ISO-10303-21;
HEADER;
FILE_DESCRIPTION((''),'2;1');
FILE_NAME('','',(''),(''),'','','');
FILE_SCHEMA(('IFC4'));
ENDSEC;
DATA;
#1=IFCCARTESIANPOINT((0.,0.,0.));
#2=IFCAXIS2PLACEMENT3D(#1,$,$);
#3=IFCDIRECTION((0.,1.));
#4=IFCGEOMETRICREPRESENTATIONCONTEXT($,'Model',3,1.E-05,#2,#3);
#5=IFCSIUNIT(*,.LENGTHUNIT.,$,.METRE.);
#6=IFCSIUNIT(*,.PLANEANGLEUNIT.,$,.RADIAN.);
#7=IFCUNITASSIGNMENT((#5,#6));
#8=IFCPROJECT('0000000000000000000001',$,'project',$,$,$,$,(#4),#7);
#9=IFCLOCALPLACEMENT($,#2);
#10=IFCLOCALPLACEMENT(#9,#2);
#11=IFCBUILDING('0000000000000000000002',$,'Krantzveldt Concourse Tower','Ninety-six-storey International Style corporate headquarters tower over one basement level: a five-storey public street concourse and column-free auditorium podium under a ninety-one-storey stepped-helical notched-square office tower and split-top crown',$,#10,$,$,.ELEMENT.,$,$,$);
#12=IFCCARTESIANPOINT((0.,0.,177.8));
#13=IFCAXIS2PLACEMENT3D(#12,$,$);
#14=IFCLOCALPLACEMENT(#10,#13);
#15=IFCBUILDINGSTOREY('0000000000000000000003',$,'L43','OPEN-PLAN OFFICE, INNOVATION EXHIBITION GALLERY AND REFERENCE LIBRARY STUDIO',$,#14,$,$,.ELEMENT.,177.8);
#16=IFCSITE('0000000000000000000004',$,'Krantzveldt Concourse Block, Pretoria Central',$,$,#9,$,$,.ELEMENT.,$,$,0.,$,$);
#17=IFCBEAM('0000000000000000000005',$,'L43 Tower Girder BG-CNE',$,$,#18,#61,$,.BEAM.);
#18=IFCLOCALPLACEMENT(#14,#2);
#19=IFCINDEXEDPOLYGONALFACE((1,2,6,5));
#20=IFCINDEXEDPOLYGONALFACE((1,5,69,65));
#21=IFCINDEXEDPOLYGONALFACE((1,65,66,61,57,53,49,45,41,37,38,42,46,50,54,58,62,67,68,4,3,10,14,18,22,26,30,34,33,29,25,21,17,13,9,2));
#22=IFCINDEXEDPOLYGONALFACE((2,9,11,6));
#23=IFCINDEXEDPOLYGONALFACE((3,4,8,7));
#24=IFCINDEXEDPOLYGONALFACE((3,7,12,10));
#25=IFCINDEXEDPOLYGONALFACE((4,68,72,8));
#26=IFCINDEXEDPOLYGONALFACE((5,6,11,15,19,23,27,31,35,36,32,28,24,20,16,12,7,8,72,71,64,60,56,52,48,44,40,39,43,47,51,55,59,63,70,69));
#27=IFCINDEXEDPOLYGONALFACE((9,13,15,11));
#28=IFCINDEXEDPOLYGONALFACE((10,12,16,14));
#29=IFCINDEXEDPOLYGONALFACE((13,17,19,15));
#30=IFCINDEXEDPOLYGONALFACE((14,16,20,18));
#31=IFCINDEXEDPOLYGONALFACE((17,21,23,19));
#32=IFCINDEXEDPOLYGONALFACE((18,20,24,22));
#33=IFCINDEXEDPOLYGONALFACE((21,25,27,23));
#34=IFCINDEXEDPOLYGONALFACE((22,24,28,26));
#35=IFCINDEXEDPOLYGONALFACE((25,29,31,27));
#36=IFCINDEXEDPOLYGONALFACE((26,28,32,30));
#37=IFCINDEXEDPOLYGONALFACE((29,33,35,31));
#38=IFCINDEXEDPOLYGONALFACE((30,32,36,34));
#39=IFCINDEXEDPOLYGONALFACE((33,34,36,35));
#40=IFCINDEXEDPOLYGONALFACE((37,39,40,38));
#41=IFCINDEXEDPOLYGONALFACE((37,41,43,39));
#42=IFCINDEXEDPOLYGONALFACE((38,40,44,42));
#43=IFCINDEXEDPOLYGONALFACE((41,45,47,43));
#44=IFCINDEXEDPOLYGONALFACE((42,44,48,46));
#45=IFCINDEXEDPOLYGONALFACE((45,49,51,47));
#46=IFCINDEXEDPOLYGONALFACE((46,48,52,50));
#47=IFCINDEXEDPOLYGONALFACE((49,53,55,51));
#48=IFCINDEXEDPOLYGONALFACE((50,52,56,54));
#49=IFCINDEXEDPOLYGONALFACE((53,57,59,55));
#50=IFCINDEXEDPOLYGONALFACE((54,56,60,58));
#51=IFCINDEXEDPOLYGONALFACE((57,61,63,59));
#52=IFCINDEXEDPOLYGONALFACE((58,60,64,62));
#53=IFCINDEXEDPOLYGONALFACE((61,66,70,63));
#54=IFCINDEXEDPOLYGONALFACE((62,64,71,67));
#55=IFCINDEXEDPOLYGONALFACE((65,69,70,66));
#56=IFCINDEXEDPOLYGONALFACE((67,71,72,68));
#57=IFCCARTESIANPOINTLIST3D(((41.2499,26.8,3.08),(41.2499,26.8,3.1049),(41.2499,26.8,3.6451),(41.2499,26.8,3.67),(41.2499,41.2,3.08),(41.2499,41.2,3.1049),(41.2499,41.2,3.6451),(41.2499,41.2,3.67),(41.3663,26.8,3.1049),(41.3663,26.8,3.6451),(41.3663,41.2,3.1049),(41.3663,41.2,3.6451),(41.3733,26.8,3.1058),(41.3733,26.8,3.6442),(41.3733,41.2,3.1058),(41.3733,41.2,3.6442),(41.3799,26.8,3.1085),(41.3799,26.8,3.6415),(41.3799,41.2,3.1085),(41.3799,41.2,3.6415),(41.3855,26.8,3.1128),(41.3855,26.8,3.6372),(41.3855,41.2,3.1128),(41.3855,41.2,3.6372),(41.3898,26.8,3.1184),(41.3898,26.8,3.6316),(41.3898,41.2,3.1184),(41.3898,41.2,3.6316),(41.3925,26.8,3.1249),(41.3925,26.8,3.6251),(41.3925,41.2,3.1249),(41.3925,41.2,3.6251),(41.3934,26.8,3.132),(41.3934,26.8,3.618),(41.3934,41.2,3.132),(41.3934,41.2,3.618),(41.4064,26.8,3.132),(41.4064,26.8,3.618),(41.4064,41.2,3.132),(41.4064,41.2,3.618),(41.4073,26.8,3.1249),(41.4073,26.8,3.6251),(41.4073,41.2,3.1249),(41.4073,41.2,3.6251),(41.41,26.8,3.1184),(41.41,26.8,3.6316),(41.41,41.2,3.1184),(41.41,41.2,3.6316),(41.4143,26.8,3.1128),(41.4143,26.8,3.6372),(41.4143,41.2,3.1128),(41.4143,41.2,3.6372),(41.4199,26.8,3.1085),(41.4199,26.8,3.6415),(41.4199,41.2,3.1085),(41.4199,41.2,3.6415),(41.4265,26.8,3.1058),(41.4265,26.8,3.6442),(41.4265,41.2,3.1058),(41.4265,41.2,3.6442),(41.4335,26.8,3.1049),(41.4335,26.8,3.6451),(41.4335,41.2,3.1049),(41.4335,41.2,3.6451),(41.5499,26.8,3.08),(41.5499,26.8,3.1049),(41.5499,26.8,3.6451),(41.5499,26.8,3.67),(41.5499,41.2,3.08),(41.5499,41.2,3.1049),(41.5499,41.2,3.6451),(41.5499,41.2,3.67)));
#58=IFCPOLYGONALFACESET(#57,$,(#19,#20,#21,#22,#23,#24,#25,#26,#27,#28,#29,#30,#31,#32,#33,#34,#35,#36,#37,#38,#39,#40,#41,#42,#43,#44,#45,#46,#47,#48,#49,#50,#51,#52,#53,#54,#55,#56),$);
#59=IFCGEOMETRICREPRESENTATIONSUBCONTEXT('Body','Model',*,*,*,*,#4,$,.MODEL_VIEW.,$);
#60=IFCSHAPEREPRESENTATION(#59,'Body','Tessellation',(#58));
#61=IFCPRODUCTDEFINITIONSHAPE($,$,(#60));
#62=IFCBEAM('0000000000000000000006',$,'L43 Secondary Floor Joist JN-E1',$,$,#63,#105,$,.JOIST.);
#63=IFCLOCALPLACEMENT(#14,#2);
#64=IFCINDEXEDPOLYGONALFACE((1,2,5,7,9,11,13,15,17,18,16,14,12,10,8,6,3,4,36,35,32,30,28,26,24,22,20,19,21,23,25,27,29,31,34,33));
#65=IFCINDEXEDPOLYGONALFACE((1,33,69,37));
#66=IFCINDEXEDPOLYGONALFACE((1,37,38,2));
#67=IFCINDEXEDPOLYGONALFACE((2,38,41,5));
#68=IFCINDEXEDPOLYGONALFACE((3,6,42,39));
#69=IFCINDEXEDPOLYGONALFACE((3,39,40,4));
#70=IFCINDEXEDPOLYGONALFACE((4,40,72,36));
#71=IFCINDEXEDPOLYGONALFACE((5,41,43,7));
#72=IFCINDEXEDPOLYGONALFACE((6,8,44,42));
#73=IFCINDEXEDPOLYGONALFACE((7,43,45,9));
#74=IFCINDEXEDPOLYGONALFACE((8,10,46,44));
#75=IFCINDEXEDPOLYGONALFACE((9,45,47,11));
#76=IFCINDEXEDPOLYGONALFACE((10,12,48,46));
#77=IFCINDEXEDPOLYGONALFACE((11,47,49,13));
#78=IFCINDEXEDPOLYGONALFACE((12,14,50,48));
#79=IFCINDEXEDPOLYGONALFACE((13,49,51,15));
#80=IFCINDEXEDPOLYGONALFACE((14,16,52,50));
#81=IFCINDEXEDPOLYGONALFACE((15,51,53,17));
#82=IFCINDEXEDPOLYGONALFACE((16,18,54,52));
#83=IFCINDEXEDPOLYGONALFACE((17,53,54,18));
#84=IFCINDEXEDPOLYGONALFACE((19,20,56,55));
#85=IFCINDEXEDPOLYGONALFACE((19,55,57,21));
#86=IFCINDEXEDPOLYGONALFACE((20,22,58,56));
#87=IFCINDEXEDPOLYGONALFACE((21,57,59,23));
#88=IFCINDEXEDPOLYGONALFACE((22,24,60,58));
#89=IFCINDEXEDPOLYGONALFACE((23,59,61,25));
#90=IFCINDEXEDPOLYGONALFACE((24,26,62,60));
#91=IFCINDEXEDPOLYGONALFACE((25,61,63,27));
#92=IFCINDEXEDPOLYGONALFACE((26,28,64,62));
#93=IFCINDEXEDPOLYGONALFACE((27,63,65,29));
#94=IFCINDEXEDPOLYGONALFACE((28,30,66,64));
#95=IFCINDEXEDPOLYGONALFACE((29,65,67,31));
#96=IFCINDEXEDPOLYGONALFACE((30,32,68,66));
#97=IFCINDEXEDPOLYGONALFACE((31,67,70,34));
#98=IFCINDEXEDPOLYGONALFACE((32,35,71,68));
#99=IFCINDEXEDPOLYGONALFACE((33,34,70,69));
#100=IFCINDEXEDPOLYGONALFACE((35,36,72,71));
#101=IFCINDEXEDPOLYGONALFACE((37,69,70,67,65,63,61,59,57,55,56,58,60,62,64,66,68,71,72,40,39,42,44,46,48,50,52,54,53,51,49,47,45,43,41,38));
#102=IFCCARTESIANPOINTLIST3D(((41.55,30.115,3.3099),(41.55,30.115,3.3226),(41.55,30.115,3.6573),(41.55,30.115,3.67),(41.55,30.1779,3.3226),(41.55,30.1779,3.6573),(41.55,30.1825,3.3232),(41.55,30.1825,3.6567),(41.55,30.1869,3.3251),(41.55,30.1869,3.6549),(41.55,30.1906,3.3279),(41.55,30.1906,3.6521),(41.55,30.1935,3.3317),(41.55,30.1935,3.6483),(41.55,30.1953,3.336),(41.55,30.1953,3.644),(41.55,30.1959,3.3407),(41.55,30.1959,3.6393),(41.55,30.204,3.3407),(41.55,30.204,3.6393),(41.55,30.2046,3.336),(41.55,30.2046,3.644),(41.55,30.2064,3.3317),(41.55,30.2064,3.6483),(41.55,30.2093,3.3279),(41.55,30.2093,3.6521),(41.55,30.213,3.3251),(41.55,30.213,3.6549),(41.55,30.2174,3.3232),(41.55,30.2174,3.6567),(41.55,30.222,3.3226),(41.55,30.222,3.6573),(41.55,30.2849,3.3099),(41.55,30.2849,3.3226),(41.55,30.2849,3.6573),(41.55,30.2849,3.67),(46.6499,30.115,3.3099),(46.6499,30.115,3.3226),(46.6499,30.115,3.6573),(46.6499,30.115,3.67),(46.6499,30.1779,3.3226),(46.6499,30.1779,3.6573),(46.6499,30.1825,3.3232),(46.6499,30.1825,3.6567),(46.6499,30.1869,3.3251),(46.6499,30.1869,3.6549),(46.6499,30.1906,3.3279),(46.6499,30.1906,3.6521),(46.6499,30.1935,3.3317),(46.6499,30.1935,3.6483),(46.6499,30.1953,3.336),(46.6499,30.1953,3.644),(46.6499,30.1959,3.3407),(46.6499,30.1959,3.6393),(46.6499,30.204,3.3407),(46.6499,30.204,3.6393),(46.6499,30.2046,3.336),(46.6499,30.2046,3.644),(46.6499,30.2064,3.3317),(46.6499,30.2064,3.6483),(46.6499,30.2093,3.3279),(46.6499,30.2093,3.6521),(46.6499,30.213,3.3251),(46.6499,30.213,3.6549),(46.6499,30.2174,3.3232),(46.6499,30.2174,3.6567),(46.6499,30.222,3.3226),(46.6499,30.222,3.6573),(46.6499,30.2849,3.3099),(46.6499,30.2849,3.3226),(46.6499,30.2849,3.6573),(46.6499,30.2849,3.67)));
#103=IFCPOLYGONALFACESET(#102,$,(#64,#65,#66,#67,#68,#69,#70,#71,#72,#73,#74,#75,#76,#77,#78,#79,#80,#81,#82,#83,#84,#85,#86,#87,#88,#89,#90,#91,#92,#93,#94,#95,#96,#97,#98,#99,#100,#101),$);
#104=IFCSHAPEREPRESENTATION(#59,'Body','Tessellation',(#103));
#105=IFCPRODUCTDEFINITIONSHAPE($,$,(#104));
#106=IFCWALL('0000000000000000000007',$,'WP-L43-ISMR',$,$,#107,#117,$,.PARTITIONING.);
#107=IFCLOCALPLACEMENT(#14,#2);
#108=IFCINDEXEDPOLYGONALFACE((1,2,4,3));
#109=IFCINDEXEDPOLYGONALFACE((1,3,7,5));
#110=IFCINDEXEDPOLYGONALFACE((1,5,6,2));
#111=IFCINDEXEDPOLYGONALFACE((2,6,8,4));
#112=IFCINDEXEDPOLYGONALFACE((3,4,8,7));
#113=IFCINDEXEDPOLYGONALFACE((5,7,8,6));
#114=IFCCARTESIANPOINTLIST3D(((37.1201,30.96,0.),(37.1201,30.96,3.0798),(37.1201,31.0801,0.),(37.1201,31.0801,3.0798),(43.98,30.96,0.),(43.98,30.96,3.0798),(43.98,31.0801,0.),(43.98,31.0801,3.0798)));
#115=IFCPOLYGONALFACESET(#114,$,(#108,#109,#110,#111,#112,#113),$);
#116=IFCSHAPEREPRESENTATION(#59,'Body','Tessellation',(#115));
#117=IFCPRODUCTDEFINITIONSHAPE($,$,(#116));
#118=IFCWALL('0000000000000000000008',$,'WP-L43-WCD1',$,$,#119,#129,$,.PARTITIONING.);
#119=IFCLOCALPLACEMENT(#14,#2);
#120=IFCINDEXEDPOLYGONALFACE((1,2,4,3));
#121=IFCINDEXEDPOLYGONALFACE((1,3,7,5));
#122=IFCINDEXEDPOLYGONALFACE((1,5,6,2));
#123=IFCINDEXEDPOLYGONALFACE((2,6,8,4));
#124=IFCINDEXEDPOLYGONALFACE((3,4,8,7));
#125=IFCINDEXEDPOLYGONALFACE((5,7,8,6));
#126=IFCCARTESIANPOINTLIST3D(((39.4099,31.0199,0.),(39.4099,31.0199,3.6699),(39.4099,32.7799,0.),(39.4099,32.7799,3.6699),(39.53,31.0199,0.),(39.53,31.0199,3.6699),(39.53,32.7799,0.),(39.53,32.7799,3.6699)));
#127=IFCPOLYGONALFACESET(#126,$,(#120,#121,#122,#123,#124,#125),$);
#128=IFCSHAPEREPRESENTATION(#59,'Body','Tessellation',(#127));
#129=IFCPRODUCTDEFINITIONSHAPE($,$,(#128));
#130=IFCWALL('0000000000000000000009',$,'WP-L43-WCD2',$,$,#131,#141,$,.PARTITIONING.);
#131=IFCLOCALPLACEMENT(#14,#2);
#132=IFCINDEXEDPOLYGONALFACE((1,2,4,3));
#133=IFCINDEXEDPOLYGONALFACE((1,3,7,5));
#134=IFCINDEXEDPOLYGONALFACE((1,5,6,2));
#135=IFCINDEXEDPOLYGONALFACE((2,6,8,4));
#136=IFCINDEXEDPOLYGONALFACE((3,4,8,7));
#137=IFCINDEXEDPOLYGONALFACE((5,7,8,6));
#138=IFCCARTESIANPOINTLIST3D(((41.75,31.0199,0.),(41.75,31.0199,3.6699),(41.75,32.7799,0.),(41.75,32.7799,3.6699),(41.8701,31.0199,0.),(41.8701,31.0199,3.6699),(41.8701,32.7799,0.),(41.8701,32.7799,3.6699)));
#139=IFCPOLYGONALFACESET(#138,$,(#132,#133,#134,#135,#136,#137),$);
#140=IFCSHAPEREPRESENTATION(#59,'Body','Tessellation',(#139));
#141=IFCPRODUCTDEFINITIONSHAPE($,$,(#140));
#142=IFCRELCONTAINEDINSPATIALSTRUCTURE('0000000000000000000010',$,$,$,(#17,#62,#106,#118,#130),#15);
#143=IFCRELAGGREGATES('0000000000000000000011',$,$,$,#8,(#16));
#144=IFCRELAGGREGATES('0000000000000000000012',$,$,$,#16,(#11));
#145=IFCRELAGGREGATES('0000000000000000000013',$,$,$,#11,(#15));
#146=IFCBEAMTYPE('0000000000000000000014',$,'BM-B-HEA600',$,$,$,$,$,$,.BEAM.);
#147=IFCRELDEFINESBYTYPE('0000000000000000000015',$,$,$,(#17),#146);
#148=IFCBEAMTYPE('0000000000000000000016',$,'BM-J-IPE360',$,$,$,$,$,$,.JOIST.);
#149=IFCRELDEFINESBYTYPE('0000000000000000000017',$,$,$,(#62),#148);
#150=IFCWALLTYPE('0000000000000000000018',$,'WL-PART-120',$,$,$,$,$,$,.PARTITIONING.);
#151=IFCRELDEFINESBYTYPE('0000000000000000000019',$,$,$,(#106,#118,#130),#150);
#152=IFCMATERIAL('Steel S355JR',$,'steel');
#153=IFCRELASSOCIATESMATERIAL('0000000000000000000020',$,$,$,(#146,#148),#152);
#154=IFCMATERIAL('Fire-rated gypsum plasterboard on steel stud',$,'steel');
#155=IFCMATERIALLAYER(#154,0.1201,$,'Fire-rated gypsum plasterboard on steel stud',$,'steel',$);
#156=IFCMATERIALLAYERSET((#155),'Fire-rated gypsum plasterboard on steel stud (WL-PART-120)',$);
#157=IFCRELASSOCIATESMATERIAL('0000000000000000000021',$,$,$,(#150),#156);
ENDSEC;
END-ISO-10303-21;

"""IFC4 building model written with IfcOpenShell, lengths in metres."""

from ifc_helpers import new_model, si_unit, direction, frame, frame_2d, origin, origin_2d, place, context, subcontext, project, spatial, rectangle, i_section, extrude, source, transform, mapped, material, layer, layer_set, material_profile, profile_set, type_object, type_shapes, element, save


model = new_model("IFC4")

# Units and contexts
model_context = context("Model", 3, precision=1e-05, world=origin(), true_north=direction((0.0, 1.0)))
body_context = subcontext(model_context, "Body", "Model", "MODEL_VIEW")
ifc_project = project(units=[si_unit("LENGTHUNIT", "METRE"), si_unit("PLANEANGLEUNIT", "RADIAN")], contexts=[model_context])

# Site, building, storey
site_placement = place(None, origin())
site = spatial("IfcSite", under=ifc_project, at=site_placement, Name="Krantzveldt Concourse Block, Pretoria Central", CompositionType="ELEMENT", RefElevation=0.0)
building_placement = place(site_placement, origin())
building = spatial("IfcBuilding", under=site, at=building_placement, Name="Krantzveldt Concourse Tower", Description="Ninety-six-storey International Style corporate headquarters tower over one basement level: a five-storey public street concourse and column-free auditorium podium under a ninety-one-storey stepped-helical notched-square office tower and split-top crown", CompositionType="ELEMENT")
storey_placement = place(building_placement, frame((0.0, 0.0, 177.8)))
storey = spatial("IfcBuildingStorey", under=building, at=storey_placement, Name="L43", Description="OPEN-PLAN OFFICE, INNOVATION EXHIBITION GALLERY AND REFERENCE LIBRARY STUDIO", CompositionType="ELEMENT", Elevation=177.8)

# Beams
ifc_material_1 = material(Name="Steel S355JR", Category="steel")
ifc_material_profile_1 = material_profile(ifc_material_1, i_section(OverallWidth=0.3, OverallDepth=0.5901, WebThickness=0.0129, FlangeThickness=0.0249, FilletRadius=0.0271, at=origin_2d()), Name="Steel S355JR", Category="steel")
ifc_profile_set_1 = profile_set([ifc_material_profile_1], Name="Steel S355JR - HEA 600")
beam_type_1 = type_object("IfcBeamType", Name="BM-B-HEA600", PredefinedType="BEAM", material=ifc_profile_set_1)
shared_shape_1 = source(origin(), body_context, "Body", "SweptSolid", [
    extrude(i_section(OverallWidth=0.3, OverallDepth=0.5901, WebThickness=0.0129, FlangeThickness=0.0249, FilletRadius=0.0271, at=origin_2d()), origin(), (0.0, 0.0, 1.0), 14.3999),
])
type_shapes(beam_type_1, [shared_shape_1])
beam_1_placement = place(storey_placement, frame((41.3999, 26.8, 3.375), z_axis=(0.0, 1.0, 0.0), x_axis=(-1.0, 0.0, 0.0)))
element("IfcBeam", 1, at=beam_1_placement, inside=storey, type_object=beam_type_1, Name="L43 Tower Girder BG-CNE", PredefinedType="BEAM", context=body_context, shape_type="MappedRepresentation", body=[
    mapped(shared_shape_1, transform((0.0, 0.0, 0.0), x_axis=(1.0, 0.0, 0.0), y_axis=(0.0, 1.0, 0.0), z_axis=(0.0, 0.0, 1.0), scale=1.0)),
])
ifc_material_profile_2 = material_profile(ifc_material_1, i_section(OverallWidth=0.1699, OverallDepth=0.3601, WebThickness=0.0081, FlangeThickness=0.0127, FilletRadius=0.0181, at=origin_2d()), Name="Steel S355JR", Category="steel")
ifc_profile_set_2 = profile_set([ifc_material_profile_2], Name="Steel S355JR - IPE 360")
beam_type_2 = type_object("IfcBeamType", Name="BM-J-IPE360", PredefinedType="JOIST", material=ifc_profile_set_2)
shared_shape_2 = source(origin(), body_context, "Body", "SweptSolid", [
    extrude(i_section(OverallWidth=0.1699, OverallDepth=0.3601, WebThickness=0.0081, FlangeThickness=0.0127, FilletRadius=0.0181, at=origin_2d()), origin(), (0.0, 0.0, 1.0), 5.0999),
])
type_shapes(beam_type_2, [shared_shape_2])
beam_2_placement = place(storey_placement, frame((41.55, 30.2, 3.49), z_axis=(1.0, 0.0, 0.0), x_axis=(0.0, 1.0, 0.0)))
element("IfcBeam", 2, at=beam_2_placement, inside=storey, type_object=beam_type_2, Name="L43 Secondary Floor Joist JN-E1", PredefinedType="JOIST", context=body_context, shape_type="MappedRepresentation", body=[
    mapped(shared_shape_2, transform((0.0, 0.0, 0.0), x_axis=(1.0, 0.0, 0.0), y_axis=(0.0, 1.0, 0.0), z_axis=(0.0, 0.0, 1.0), scale=1.0)),
])

# Walls
ifc_material_2 = material(Name="Fire-rated gypsum plasterboard on steel stud", Category="steel")
ifc_layer_1 = layer(ifc_material_2, 0.1201, Name="Fire-rated gypsum plasterboard on steel stud", Category="steel")
ifc_layer_set_1 = layer_set([ifc_layer_1], Name="Fire-rated gypsum plasterboard on steel stud (WL-PART-120)")
wall_type_1 = type_object("IfcWallType", Name="WL-PART-120", PredefinedType="PARTITIONING", material=ifc_layer_set_1)
wall_1_placement = place(storey_placement, frame((37.1201, 31.02, 0.0), z_axis=(0.0, 0.0, 1.0), x_axis=(1.0, 0.0, 0.0)))
element("IfcWall", 3, at=wall_1_placement, inside=storey, type_object=wall_type_1, Name="WP-L43-ISMR", PredefinedType="PARTITIONING", context=body_context, shape_type="SweptSolid", body=[
    extrude(rectangle(XDim=6.8599, YDim=0.1201, at=frame_2d((3.4299, 0.0))), origin(), (0.0, 0.0, 1.0), 3.0798),
])
for number, where, z_axis, x_axis, name in (
    (4, (39.47, 31.02, 0.0), (0.0, 0.0, 1.0), (0.0, 1.0, 0.0), "WP-L43-WCD1"),
    (5, (41.8101, 31.02, 0.0), (0.0, 0.0, 1.0), (0.0, 1.0, 0.0), "WP-L43-WCD2"),
):
    element("IfcWall", number, at=place(storey_placement, frame(where, z_axis=z_axis, x_axis=x_axis)), inside=storey, type_object=wall_type_1, Name=name, PredefinedType="PARTITIONING", context=body_context, shape_type="SweptSolid", body=[
        extrude(rectangle(XDim=1.76, YDim=0.1201, at=frame_2d((0.8799, 0.0))), origin(), (0.0, 0.0, 1.0), 3.6699),
    ])

save(model, "model.ifc")
